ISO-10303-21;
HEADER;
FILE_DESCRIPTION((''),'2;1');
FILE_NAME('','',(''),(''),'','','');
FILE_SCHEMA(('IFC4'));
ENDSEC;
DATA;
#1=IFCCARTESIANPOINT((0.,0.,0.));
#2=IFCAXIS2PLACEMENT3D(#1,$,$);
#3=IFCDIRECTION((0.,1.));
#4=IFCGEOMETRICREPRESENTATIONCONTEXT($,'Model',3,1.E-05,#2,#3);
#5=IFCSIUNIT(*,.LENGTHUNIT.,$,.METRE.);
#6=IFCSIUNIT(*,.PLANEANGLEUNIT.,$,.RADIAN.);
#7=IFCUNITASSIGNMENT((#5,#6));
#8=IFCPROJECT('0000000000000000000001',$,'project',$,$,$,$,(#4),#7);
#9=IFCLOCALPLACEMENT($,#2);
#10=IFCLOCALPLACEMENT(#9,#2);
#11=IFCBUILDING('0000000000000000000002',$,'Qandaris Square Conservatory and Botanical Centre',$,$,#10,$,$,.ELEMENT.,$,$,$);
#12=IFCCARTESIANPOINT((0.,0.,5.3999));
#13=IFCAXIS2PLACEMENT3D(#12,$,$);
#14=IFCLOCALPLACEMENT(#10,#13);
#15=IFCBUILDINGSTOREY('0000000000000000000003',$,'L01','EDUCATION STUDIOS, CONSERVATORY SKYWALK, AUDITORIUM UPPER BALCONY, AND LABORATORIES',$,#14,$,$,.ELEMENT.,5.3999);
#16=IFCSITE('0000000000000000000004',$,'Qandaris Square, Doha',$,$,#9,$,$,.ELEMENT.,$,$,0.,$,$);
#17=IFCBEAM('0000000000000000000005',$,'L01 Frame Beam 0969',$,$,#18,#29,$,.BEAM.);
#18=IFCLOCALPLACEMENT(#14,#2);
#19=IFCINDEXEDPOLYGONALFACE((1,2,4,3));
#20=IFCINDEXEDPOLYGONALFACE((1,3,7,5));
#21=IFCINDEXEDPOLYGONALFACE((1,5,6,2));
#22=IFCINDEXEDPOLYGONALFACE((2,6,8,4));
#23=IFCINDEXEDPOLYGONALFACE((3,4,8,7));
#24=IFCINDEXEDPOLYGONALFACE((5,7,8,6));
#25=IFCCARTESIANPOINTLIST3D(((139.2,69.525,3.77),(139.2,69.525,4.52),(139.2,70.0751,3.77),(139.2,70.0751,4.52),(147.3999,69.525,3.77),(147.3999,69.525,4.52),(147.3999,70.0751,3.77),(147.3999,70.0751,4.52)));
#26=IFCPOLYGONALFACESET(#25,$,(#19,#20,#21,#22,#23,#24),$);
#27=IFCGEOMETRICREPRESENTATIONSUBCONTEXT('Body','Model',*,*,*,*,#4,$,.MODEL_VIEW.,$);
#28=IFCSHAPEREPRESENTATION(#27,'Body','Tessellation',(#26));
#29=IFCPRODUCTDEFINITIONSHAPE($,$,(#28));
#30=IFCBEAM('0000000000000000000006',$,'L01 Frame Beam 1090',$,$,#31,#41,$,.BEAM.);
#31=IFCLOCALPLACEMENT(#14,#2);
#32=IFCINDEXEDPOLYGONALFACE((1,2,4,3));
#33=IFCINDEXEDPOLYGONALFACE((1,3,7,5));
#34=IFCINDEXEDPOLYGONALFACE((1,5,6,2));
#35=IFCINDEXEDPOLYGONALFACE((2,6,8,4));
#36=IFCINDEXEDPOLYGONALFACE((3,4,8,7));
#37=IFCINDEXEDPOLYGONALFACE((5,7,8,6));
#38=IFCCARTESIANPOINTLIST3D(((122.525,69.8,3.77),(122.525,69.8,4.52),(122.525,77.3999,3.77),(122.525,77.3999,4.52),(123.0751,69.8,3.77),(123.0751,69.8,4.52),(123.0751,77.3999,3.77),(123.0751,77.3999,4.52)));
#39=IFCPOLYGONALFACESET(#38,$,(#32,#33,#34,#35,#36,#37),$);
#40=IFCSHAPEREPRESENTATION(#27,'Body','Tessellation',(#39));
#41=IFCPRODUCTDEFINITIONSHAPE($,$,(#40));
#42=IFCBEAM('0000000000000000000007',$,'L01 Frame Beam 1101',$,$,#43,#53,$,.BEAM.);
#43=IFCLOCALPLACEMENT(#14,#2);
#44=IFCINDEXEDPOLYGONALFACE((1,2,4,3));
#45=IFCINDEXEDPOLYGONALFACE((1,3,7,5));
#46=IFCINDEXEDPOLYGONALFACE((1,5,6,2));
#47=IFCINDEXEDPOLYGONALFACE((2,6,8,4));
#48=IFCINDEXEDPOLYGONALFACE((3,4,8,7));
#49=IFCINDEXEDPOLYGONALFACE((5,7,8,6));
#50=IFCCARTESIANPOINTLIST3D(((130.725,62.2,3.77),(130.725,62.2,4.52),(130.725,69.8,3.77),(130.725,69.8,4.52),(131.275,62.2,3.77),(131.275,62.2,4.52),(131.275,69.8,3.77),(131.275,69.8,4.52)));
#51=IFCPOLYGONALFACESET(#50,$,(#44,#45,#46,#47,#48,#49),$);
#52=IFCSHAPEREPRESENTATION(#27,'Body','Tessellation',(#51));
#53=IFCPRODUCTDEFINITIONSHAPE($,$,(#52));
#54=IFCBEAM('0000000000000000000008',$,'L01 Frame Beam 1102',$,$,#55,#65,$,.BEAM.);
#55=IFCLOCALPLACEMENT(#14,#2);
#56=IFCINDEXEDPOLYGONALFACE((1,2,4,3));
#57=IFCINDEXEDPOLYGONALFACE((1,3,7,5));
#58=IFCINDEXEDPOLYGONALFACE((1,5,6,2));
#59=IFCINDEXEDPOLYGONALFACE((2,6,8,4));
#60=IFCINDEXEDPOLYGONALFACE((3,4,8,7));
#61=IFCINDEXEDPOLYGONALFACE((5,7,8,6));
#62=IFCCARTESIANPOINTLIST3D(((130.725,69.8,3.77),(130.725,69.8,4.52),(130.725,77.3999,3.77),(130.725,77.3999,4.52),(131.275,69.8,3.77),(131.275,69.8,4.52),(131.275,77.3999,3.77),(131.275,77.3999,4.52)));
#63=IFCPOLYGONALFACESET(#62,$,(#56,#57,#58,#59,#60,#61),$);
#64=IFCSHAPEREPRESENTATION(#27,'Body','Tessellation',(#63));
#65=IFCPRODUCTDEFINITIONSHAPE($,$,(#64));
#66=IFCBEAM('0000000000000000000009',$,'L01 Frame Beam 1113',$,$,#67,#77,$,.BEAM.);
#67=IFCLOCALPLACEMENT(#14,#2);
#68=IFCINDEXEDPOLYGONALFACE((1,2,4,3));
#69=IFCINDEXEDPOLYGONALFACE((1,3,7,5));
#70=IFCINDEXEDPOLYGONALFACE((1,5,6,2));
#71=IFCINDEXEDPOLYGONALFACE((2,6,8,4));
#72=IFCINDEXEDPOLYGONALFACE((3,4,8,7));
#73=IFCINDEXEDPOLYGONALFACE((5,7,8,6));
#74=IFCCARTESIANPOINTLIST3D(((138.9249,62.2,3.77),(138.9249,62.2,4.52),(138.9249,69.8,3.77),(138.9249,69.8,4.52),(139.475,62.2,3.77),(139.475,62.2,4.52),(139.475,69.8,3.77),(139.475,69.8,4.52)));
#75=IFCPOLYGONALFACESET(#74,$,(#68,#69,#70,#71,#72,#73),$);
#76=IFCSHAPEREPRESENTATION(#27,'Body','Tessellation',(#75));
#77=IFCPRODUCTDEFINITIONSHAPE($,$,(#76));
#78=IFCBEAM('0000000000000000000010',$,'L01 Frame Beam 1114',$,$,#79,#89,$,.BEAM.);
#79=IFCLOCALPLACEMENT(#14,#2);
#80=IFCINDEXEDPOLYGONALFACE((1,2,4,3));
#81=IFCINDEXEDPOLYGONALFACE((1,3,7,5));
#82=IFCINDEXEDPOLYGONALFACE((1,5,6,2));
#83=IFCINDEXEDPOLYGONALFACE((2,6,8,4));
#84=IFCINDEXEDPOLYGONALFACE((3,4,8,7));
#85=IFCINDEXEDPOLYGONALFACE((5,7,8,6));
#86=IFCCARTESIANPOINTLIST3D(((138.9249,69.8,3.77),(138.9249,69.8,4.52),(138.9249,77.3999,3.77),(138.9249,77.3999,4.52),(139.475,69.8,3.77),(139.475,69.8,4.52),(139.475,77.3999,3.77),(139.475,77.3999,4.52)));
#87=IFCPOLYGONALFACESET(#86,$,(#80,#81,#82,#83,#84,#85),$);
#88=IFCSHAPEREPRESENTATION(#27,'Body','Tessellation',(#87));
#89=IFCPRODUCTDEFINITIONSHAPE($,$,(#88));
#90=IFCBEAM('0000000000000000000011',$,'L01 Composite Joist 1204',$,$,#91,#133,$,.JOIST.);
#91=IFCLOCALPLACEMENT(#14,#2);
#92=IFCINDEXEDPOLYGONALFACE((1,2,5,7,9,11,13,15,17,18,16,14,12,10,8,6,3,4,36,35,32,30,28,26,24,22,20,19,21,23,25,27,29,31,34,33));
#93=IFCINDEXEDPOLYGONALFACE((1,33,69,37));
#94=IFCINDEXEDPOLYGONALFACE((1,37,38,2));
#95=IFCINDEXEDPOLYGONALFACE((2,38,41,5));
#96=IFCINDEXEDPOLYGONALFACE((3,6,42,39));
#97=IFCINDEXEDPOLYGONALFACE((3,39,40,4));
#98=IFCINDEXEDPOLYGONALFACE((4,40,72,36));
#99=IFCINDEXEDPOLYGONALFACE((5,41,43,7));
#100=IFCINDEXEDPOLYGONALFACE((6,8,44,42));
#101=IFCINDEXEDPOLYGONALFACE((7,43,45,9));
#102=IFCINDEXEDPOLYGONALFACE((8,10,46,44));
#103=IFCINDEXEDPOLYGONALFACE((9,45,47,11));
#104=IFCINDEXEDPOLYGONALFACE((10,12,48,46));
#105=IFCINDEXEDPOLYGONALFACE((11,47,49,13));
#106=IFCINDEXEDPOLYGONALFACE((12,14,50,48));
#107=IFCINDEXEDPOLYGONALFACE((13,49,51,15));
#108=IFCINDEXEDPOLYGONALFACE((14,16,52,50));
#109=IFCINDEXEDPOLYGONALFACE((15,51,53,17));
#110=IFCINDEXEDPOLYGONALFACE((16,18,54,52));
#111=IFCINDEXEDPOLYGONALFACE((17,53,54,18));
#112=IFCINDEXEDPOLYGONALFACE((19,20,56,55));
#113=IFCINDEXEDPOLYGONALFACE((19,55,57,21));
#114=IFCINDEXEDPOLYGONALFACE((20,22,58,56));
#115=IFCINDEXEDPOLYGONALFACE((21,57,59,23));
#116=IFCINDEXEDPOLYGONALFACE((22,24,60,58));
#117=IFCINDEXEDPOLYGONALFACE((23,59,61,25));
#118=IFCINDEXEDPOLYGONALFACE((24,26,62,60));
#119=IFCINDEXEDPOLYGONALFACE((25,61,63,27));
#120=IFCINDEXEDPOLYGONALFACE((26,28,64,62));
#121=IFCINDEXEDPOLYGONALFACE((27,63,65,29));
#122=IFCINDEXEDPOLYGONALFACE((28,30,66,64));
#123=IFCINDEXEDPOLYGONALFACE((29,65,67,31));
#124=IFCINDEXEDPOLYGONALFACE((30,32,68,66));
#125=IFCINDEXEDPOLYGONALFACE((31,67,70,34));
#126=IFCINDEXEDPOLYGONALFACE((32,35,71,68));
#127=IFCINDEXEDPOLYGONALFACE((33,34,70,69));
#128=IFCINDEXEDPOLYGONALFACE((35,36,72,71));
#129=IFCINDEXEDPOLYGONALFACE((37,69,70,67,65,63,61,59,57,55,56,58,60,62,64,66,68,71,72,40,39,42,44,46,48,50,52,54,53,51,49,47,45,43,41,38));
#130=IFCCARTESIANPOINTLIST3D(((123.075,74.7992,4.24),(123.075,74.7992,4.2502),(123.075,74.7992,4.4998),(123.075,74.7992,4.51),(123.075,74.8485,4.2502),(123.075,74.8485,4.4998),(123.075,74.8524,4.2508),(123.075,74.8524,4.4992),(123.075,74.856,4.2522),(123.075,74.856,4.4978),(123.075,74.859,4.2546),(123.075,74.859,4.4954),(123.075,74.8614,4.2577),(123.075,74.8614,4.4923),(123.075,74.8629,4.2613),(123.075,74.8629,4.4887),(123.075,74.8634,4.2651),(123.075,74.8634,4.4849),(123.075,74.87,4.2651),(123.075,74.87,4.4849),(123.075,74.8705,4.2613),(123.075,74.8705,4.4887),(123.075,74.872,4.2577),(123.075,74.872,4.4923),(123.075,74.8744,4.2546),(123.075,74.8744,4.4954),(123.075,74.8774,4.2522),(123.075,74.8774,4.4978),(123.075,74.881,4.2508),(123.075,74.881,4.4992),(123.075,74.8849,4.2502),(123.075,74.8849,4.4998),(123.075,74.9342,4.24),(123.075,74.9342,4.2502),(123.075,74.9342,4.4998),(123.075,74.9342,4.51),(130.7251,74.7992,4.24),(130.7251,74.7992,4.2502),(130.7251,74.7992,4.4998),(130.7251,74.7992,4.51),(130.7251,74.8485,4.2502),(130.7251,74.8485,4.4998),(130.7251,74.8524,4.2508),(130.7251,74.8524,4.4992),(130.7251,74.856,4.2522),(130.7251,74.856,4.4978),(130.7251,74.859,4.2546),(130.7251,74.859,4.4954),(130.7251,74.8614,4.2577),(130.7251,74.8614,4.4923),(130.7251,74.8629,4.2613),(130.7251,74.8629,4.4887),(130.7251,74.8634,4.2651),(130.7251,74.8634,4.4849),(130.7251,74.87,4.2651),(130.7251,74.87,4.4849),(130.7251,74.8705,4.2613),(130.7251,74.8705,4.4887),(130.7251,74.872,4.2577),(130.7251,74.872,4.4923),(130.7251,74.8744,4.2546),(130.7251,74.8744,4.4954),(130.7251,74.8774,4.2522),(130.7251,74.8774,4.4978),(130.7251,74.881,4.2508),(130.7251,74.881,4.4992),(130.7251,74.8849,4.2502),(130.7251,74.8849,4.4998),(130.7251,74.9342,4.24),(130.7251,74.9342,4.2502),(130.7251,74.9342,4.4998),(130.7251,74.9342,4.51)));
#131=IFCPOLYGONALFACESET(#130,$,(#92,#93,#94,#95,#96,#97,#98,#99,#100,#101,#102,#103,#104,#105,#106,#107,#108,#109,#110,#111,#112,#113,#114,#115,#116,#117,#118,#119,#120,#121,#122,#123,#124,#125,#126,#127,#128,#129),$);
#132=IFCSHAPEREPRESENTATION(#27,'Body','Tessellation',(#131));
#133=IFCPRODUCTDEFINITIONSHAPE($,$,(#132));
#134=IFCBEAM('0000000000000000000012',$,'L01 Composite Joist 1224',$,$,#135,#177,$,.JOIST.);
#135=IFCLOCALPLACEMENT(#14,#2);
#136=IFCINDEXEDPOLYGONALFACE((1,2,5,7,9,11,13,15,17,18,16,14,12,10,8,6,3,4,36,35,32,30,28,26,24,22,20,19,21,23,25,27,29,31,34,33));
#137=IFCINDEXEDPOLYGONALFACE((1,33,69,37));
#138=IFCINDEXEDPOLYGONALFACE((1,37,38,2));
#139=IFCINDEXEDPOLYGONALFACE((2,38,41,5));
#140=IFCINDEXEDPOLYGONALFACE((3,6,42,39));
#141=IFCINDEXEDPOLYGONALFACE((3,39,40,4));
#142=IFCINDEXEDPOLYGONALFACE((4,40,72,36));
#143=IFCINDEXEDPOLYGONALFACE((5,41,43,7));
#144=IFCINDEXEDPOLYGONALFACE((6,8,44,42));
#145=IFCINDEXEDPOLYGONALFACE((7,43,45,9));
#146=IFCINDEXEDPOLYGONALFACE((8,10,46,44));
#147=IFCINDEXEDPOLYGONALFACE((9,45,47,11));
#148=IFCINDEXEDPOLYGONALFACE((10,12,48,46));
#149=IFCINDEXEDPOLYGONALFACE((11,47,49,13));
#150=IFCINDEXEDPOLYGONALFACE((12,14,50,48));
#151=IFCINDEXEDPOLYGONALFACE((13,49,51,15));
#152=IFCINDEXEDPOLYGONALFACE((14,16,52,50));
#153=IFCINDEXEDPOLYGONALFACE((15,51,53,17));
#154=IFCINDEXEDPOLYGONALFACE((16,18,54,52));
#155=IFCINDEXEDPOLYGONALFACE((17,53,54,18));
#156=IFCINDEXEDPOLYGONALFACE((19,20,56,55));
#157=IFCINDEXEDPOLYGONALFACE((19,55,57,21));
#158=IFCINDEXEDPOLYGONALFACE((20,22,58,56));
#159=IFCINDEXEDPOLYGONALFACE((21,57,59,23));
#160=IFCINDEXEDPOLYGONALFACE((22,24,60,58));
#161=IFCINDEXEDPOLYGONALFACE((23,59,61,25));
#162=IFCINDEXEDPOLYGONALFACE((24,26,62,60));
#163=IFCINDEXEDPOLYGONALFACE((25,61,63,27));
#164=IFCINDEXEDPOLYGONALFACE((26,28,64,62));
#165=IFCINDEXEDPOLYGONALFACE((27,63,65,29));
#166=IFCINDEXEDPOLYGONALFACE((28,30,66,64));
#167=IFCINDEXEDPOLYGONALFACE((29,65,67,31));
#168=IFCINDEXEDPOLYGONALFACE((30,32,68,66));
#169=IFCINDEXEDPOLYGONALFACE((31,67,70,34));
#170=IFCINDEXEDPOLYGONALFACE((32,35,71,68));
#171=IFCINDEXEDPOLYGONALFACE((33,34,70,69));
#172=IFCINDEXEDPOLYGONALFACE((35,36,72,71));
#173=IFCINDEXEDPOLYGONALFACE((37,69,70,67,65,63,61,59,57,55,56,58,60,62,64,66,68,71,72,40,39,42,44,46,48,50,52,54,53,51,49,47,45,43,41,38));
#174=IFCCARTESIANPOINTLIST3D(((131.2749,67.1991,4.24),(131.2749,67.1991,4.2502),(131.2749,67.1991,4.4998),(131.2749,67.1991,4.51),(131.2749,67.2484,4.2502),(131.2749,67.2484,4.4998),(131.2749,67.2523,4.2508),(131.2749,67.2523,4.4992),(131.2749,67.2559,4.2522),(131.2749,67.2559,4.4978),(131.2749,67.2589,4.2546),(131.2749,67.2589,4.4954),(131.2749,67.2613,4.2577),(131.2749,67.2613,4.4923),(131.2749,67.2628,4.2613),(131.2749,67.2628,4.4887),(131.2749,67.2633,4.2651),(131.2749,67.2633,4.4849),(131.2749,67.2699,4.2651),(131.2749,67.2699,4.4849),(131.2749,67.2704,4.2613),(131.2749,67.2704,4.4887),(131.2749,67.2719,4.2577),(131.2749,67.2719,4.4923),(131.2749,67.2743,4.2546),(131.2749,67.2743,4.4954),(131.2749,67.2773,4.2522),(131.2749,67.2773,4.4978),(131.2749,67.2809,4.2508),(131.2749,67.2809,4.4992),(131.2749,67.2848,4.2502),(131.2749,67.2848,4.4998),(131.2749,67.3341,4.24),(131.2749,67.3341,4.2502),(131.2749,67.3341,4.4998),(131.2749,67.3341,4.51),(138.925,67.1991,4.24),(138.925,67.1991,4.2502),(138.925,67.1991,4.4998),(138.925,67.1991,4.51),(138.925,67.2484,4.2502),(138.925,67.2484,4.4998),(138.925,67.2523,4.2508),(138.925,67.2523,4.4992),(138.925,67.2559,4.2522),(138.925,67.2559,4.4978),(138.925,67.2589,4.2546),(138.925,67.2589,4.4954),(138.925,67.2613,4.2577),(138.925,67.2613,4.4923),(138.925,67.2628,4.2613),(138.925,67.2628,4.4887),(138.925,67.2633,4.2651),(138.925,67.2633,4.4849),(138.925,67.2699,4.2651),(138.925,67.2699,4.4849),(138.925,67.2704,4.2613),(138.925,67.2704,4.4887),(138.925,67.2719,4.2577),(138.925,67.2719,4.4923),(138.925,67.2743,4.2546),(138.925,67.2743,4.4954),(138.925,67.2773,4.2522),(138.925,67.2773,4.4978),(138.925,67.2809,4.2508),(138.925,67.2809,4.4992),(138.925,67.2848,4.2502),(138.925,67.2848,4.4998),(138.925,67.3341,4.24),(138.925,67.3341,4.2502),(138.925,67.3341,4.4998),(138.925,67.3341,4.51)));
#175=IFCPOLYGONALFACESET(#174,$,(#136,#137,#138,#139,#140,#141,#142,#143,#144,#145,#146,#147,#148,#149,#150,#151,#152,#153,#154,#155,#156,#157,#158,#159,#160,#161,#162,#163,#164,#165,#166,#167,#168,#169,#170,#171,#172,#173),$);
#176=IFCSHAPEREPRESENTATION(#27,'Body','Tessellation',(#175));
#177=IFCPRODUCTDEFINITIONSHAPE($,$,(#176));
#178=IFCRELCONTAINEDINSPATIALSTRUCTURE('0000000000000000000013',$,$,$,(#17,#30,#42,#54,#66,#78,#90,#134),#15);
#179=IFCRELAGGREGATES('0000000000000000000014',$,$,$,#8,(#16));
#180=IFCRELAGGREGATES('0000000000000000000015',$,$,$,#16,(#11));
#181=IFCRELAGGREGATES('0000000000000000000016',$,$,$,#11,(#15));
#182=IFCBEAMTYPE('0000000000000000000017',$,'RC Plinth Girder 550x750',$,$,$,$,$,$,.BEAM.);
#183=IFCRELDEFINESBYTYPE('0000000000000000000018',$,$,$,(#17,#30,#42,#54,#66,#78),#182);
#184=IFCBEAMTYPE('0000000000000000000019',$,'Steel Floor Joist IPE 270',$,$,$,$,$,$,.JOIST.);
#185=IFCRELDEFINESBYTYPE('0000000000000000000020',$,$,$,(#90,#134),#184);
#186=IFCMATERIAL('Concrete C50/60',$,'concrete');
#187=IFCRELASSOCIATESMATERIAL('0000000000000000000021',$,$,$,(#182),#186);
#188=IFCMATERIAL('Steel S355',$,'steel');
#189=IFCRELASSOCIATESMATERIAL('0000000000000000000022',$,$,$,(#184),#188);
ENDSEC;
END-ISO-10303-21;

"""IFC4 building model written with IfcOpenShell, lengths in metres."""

from ifc_helpers import new_model, si_unit, direction, frame, origin, origin_2d, place, context, subcontext, project, spatial, rectangle, i_section, extrude, material, material_profile, profile_set, type_object, element, save


model = new_model("IFC4")

# Units and contexts
model_context = context("Model", 3, precision=1e-05, world=origin(), true_north=direction((0.0, 1.0)))
body_context = subcontext(model_context, "Body", "Model", "MODEL_VIEW")
ifc_project = project(units=[si_unit("LENGTHUNIT", "METRE"), si_unit("PLANEANGLEUNIT", "RADIAN")], contexts=[model_context])

# Site, building, storey
site_placement = place(None, origin())
site = spatial("IfcSite", under=ifc_project, at=site_placement, Name="Qandaris Square, Doha", CompositionType="ELEMENT", RefElevation=0.0)
building_placement = place(site_placement, origin())
building = spatial("IfcBuilding", under=site, at=building_placement, Name="Qandaris Square Conservatory and Botanical Centre", CompositionType="ELEMENT")
storey_placement = place(building_placement, frame((0.0, 0.0, 5.3999)))
storey = spatial("IfcBuildingStorey", under=building, at=storey_placement, Name="L01", Description="EDUCATION STUDIOS, CONSERVATORY SKYWALK, AUDITORIUM UPPER BALCONY, AND LABORATORIES", CompositionType="ELEMENT", Elevation=5.3999)

# Shared definitions
ifc_material_1 = material(Name="Concrete C50/60", Category="concrete")

# Beams
ifc_material_2 = material(Name="Steel S355", Category="steel")
ifc_material_profile_1 = material_profile(ifc_material_1, rectangle(XDim=0.55, YDim=0.75, at=origin_2d()), Name="RC-BM 550x750")
ifc_profile_set_1 = profile_set([ifc_material_profile_1], Name="Concrete C50/60")
beam_type_1 = type_object("IfcBeamType", Name="RC Plinth Girder 550x750", PredefinedType="BEAM", material=ifc_profile_set_1)
for number, where, z_axis, x_axis, name in (
    (1, (139.2, 69.8, 4.145), (1.0, 0.0, 0.0), (0.0, 1.0, 0.0), "L01 Frame Beam 0969"),
):
    element("IfcBeam", number, at=place(storey_placement, frame(where, z_axis=z_axis, x_axis=x_axis)), inside=storey, type_object=beam_type_1, Name=name, PredefinedType="BEAM", context=body_context, shape_type="SweptSolid", body=[
        extrude(rectangle(XDim=0.55, YDim=0.75, at=origin_2d()), origin(), (0.0, 0.0, 1.0), 8.2),
    ])
beam_1_placement = place(storey_placement, frame((122.8, 69.8, 4.145), z_axis=(0.0, 1.0, 0.0), x_axis=(-1.0, 0.0, 0.0)))
element("IfcBeam", 2, at=beam_1_placement, inside=storey, type_object=beam_type_1, Name="L01 Frame Beam 1090", PredefinedType="BEAM", context=body_context, shape_type="SweptSolid", body=[
    extrude(rectangle(XDim=0.55, YDim=0.75, at=origin_2d()), origin(), (0.0, 0.0, 1.0), 7.5999),
])
beam_2_placement = place(storey_placement, frame((131.0, 62.2, 4.145), z_axis=(0.0, 1.0, 0.0), x_axis=(-1.0, 0.0, 0.0)))
element("IfcBeam", 3, at=beam_2_placement, inside=storey, type_object=beam_type_1, Name="L01 Frame Beam 1101", PredefinedType="BEAM", context=body_context, shape_type="SweptSolid", body=[
    extrude(rectangle(XDim=0.55, YDim=0.75, at=origin_2d()), origin(), (0.0, 0.0, 1.0), 7.6001),
])
beam_3_placement = place(storey_placement, frame((131.0, 69.8, 4.145), z_axis=(0.0, 1.0, 0.0), x_axis=(-1.0, 0.0, 0.0)))
element("IfcBeam", 4, at=beam_3_placement, inside=storey, type_object=beam_type_1, Name="L01 Frame Beam 1102", PredefinedType="BEAM", context=body_context, shape_type="SweptSolid", body=[
    extrude(rectangle(XDim=0.55, YDim=0.75, at=origin_2d()), origin(), (0.0, 0.0, 1.0), 7.5999),
])
beam_4_placement = place(storey_placement, frame((139.2, 62.2, 4.145), z_axis=(0.0, 1.0, 0.0), x_axis=(-1.0, 0.0, 0.0)))
element("IfcBeam", 5, at=beam_4_placement, inside=storey, type_object=beam_type_1, Name="L01 Frame Beam 1113", PredefinedType="BEAM", context=body_context, shape_type="SweptSolid", body=[
    extrude(rectangle(XDim=0.55, YDim=0.75, at=origin_2d()), origin(), (0.0, 0.0, 1.0), 7.6001),
])
beam_5_placement = place(storey_placement, frame((139.2, 69.8, 4.145), z_axis=(0.0, 1.0, 0.0), x_axis=(-1.0, 0.0, 0.0)))
element("IfcBeam", 6, at=beam_5_placement, inside=storey, type_object=beam_type_1, Name="L01 Frame Beam 1114", PredefinedType="BEAM", context=body_context, shape_type="SweptSolid", body=[
    extrude(rectangle(XDim=0.55, YDim=0.75, at=origin_2d()), origin(), (0.0, 0.0, 1.0), 7.5999),
])
ifc_material_profile_2 = material_profile(ifc_material_2, i_section(OverallWidth=0.135, OverallDepth=0.27, WebThickness=0.0066, FlangeThickness=0.0103, FilletRadius=0.0149, at=origin_2d()), Name="IPE 270")
ifc_profile_set_2 = profile_set([ifc_material_profile_2], Name="Steel S355")
beam_type_2 = type_object("IfcBeamType", Name="Steel Floor Joist IPE 270", PredefinedType="JOIST", material=ifc_profile_set_2)
for number, where, z_axis, x_axis, name in (
    (7, (123.075, 74.8667, 4.375), (1.0, 0.0, 0.0), (0.0, 1.0, 0.0), "L01 Composite Joist 1204"),
    (8, (131.2749, 67.2666, 4.375), (1.0, 0.0, 0.0), (0.0, 1.0, 0.0), "L01 Composite Joist 1224"),
):
    element("IfcBeam", number, at=place(storey_placement, frame(where, z_axis=z_axis, x_axis=x_axis)), inside=storey, type_object=beam_type_2, Name=name, PredefinedType="JOIST", context=body_context, shape_type="SweptSolid", body=[
        extrude(i_section(OverallWidth=0.135, OverallDepth=0.27, WebThickness=0.0066, FlangeThickness=0.0103, FilletRadius=0.0149, at=origin_2d()), origin(), (0.0, 0.0, 1.0), 7.6501),
    ])

save(model, "model.ifc")
